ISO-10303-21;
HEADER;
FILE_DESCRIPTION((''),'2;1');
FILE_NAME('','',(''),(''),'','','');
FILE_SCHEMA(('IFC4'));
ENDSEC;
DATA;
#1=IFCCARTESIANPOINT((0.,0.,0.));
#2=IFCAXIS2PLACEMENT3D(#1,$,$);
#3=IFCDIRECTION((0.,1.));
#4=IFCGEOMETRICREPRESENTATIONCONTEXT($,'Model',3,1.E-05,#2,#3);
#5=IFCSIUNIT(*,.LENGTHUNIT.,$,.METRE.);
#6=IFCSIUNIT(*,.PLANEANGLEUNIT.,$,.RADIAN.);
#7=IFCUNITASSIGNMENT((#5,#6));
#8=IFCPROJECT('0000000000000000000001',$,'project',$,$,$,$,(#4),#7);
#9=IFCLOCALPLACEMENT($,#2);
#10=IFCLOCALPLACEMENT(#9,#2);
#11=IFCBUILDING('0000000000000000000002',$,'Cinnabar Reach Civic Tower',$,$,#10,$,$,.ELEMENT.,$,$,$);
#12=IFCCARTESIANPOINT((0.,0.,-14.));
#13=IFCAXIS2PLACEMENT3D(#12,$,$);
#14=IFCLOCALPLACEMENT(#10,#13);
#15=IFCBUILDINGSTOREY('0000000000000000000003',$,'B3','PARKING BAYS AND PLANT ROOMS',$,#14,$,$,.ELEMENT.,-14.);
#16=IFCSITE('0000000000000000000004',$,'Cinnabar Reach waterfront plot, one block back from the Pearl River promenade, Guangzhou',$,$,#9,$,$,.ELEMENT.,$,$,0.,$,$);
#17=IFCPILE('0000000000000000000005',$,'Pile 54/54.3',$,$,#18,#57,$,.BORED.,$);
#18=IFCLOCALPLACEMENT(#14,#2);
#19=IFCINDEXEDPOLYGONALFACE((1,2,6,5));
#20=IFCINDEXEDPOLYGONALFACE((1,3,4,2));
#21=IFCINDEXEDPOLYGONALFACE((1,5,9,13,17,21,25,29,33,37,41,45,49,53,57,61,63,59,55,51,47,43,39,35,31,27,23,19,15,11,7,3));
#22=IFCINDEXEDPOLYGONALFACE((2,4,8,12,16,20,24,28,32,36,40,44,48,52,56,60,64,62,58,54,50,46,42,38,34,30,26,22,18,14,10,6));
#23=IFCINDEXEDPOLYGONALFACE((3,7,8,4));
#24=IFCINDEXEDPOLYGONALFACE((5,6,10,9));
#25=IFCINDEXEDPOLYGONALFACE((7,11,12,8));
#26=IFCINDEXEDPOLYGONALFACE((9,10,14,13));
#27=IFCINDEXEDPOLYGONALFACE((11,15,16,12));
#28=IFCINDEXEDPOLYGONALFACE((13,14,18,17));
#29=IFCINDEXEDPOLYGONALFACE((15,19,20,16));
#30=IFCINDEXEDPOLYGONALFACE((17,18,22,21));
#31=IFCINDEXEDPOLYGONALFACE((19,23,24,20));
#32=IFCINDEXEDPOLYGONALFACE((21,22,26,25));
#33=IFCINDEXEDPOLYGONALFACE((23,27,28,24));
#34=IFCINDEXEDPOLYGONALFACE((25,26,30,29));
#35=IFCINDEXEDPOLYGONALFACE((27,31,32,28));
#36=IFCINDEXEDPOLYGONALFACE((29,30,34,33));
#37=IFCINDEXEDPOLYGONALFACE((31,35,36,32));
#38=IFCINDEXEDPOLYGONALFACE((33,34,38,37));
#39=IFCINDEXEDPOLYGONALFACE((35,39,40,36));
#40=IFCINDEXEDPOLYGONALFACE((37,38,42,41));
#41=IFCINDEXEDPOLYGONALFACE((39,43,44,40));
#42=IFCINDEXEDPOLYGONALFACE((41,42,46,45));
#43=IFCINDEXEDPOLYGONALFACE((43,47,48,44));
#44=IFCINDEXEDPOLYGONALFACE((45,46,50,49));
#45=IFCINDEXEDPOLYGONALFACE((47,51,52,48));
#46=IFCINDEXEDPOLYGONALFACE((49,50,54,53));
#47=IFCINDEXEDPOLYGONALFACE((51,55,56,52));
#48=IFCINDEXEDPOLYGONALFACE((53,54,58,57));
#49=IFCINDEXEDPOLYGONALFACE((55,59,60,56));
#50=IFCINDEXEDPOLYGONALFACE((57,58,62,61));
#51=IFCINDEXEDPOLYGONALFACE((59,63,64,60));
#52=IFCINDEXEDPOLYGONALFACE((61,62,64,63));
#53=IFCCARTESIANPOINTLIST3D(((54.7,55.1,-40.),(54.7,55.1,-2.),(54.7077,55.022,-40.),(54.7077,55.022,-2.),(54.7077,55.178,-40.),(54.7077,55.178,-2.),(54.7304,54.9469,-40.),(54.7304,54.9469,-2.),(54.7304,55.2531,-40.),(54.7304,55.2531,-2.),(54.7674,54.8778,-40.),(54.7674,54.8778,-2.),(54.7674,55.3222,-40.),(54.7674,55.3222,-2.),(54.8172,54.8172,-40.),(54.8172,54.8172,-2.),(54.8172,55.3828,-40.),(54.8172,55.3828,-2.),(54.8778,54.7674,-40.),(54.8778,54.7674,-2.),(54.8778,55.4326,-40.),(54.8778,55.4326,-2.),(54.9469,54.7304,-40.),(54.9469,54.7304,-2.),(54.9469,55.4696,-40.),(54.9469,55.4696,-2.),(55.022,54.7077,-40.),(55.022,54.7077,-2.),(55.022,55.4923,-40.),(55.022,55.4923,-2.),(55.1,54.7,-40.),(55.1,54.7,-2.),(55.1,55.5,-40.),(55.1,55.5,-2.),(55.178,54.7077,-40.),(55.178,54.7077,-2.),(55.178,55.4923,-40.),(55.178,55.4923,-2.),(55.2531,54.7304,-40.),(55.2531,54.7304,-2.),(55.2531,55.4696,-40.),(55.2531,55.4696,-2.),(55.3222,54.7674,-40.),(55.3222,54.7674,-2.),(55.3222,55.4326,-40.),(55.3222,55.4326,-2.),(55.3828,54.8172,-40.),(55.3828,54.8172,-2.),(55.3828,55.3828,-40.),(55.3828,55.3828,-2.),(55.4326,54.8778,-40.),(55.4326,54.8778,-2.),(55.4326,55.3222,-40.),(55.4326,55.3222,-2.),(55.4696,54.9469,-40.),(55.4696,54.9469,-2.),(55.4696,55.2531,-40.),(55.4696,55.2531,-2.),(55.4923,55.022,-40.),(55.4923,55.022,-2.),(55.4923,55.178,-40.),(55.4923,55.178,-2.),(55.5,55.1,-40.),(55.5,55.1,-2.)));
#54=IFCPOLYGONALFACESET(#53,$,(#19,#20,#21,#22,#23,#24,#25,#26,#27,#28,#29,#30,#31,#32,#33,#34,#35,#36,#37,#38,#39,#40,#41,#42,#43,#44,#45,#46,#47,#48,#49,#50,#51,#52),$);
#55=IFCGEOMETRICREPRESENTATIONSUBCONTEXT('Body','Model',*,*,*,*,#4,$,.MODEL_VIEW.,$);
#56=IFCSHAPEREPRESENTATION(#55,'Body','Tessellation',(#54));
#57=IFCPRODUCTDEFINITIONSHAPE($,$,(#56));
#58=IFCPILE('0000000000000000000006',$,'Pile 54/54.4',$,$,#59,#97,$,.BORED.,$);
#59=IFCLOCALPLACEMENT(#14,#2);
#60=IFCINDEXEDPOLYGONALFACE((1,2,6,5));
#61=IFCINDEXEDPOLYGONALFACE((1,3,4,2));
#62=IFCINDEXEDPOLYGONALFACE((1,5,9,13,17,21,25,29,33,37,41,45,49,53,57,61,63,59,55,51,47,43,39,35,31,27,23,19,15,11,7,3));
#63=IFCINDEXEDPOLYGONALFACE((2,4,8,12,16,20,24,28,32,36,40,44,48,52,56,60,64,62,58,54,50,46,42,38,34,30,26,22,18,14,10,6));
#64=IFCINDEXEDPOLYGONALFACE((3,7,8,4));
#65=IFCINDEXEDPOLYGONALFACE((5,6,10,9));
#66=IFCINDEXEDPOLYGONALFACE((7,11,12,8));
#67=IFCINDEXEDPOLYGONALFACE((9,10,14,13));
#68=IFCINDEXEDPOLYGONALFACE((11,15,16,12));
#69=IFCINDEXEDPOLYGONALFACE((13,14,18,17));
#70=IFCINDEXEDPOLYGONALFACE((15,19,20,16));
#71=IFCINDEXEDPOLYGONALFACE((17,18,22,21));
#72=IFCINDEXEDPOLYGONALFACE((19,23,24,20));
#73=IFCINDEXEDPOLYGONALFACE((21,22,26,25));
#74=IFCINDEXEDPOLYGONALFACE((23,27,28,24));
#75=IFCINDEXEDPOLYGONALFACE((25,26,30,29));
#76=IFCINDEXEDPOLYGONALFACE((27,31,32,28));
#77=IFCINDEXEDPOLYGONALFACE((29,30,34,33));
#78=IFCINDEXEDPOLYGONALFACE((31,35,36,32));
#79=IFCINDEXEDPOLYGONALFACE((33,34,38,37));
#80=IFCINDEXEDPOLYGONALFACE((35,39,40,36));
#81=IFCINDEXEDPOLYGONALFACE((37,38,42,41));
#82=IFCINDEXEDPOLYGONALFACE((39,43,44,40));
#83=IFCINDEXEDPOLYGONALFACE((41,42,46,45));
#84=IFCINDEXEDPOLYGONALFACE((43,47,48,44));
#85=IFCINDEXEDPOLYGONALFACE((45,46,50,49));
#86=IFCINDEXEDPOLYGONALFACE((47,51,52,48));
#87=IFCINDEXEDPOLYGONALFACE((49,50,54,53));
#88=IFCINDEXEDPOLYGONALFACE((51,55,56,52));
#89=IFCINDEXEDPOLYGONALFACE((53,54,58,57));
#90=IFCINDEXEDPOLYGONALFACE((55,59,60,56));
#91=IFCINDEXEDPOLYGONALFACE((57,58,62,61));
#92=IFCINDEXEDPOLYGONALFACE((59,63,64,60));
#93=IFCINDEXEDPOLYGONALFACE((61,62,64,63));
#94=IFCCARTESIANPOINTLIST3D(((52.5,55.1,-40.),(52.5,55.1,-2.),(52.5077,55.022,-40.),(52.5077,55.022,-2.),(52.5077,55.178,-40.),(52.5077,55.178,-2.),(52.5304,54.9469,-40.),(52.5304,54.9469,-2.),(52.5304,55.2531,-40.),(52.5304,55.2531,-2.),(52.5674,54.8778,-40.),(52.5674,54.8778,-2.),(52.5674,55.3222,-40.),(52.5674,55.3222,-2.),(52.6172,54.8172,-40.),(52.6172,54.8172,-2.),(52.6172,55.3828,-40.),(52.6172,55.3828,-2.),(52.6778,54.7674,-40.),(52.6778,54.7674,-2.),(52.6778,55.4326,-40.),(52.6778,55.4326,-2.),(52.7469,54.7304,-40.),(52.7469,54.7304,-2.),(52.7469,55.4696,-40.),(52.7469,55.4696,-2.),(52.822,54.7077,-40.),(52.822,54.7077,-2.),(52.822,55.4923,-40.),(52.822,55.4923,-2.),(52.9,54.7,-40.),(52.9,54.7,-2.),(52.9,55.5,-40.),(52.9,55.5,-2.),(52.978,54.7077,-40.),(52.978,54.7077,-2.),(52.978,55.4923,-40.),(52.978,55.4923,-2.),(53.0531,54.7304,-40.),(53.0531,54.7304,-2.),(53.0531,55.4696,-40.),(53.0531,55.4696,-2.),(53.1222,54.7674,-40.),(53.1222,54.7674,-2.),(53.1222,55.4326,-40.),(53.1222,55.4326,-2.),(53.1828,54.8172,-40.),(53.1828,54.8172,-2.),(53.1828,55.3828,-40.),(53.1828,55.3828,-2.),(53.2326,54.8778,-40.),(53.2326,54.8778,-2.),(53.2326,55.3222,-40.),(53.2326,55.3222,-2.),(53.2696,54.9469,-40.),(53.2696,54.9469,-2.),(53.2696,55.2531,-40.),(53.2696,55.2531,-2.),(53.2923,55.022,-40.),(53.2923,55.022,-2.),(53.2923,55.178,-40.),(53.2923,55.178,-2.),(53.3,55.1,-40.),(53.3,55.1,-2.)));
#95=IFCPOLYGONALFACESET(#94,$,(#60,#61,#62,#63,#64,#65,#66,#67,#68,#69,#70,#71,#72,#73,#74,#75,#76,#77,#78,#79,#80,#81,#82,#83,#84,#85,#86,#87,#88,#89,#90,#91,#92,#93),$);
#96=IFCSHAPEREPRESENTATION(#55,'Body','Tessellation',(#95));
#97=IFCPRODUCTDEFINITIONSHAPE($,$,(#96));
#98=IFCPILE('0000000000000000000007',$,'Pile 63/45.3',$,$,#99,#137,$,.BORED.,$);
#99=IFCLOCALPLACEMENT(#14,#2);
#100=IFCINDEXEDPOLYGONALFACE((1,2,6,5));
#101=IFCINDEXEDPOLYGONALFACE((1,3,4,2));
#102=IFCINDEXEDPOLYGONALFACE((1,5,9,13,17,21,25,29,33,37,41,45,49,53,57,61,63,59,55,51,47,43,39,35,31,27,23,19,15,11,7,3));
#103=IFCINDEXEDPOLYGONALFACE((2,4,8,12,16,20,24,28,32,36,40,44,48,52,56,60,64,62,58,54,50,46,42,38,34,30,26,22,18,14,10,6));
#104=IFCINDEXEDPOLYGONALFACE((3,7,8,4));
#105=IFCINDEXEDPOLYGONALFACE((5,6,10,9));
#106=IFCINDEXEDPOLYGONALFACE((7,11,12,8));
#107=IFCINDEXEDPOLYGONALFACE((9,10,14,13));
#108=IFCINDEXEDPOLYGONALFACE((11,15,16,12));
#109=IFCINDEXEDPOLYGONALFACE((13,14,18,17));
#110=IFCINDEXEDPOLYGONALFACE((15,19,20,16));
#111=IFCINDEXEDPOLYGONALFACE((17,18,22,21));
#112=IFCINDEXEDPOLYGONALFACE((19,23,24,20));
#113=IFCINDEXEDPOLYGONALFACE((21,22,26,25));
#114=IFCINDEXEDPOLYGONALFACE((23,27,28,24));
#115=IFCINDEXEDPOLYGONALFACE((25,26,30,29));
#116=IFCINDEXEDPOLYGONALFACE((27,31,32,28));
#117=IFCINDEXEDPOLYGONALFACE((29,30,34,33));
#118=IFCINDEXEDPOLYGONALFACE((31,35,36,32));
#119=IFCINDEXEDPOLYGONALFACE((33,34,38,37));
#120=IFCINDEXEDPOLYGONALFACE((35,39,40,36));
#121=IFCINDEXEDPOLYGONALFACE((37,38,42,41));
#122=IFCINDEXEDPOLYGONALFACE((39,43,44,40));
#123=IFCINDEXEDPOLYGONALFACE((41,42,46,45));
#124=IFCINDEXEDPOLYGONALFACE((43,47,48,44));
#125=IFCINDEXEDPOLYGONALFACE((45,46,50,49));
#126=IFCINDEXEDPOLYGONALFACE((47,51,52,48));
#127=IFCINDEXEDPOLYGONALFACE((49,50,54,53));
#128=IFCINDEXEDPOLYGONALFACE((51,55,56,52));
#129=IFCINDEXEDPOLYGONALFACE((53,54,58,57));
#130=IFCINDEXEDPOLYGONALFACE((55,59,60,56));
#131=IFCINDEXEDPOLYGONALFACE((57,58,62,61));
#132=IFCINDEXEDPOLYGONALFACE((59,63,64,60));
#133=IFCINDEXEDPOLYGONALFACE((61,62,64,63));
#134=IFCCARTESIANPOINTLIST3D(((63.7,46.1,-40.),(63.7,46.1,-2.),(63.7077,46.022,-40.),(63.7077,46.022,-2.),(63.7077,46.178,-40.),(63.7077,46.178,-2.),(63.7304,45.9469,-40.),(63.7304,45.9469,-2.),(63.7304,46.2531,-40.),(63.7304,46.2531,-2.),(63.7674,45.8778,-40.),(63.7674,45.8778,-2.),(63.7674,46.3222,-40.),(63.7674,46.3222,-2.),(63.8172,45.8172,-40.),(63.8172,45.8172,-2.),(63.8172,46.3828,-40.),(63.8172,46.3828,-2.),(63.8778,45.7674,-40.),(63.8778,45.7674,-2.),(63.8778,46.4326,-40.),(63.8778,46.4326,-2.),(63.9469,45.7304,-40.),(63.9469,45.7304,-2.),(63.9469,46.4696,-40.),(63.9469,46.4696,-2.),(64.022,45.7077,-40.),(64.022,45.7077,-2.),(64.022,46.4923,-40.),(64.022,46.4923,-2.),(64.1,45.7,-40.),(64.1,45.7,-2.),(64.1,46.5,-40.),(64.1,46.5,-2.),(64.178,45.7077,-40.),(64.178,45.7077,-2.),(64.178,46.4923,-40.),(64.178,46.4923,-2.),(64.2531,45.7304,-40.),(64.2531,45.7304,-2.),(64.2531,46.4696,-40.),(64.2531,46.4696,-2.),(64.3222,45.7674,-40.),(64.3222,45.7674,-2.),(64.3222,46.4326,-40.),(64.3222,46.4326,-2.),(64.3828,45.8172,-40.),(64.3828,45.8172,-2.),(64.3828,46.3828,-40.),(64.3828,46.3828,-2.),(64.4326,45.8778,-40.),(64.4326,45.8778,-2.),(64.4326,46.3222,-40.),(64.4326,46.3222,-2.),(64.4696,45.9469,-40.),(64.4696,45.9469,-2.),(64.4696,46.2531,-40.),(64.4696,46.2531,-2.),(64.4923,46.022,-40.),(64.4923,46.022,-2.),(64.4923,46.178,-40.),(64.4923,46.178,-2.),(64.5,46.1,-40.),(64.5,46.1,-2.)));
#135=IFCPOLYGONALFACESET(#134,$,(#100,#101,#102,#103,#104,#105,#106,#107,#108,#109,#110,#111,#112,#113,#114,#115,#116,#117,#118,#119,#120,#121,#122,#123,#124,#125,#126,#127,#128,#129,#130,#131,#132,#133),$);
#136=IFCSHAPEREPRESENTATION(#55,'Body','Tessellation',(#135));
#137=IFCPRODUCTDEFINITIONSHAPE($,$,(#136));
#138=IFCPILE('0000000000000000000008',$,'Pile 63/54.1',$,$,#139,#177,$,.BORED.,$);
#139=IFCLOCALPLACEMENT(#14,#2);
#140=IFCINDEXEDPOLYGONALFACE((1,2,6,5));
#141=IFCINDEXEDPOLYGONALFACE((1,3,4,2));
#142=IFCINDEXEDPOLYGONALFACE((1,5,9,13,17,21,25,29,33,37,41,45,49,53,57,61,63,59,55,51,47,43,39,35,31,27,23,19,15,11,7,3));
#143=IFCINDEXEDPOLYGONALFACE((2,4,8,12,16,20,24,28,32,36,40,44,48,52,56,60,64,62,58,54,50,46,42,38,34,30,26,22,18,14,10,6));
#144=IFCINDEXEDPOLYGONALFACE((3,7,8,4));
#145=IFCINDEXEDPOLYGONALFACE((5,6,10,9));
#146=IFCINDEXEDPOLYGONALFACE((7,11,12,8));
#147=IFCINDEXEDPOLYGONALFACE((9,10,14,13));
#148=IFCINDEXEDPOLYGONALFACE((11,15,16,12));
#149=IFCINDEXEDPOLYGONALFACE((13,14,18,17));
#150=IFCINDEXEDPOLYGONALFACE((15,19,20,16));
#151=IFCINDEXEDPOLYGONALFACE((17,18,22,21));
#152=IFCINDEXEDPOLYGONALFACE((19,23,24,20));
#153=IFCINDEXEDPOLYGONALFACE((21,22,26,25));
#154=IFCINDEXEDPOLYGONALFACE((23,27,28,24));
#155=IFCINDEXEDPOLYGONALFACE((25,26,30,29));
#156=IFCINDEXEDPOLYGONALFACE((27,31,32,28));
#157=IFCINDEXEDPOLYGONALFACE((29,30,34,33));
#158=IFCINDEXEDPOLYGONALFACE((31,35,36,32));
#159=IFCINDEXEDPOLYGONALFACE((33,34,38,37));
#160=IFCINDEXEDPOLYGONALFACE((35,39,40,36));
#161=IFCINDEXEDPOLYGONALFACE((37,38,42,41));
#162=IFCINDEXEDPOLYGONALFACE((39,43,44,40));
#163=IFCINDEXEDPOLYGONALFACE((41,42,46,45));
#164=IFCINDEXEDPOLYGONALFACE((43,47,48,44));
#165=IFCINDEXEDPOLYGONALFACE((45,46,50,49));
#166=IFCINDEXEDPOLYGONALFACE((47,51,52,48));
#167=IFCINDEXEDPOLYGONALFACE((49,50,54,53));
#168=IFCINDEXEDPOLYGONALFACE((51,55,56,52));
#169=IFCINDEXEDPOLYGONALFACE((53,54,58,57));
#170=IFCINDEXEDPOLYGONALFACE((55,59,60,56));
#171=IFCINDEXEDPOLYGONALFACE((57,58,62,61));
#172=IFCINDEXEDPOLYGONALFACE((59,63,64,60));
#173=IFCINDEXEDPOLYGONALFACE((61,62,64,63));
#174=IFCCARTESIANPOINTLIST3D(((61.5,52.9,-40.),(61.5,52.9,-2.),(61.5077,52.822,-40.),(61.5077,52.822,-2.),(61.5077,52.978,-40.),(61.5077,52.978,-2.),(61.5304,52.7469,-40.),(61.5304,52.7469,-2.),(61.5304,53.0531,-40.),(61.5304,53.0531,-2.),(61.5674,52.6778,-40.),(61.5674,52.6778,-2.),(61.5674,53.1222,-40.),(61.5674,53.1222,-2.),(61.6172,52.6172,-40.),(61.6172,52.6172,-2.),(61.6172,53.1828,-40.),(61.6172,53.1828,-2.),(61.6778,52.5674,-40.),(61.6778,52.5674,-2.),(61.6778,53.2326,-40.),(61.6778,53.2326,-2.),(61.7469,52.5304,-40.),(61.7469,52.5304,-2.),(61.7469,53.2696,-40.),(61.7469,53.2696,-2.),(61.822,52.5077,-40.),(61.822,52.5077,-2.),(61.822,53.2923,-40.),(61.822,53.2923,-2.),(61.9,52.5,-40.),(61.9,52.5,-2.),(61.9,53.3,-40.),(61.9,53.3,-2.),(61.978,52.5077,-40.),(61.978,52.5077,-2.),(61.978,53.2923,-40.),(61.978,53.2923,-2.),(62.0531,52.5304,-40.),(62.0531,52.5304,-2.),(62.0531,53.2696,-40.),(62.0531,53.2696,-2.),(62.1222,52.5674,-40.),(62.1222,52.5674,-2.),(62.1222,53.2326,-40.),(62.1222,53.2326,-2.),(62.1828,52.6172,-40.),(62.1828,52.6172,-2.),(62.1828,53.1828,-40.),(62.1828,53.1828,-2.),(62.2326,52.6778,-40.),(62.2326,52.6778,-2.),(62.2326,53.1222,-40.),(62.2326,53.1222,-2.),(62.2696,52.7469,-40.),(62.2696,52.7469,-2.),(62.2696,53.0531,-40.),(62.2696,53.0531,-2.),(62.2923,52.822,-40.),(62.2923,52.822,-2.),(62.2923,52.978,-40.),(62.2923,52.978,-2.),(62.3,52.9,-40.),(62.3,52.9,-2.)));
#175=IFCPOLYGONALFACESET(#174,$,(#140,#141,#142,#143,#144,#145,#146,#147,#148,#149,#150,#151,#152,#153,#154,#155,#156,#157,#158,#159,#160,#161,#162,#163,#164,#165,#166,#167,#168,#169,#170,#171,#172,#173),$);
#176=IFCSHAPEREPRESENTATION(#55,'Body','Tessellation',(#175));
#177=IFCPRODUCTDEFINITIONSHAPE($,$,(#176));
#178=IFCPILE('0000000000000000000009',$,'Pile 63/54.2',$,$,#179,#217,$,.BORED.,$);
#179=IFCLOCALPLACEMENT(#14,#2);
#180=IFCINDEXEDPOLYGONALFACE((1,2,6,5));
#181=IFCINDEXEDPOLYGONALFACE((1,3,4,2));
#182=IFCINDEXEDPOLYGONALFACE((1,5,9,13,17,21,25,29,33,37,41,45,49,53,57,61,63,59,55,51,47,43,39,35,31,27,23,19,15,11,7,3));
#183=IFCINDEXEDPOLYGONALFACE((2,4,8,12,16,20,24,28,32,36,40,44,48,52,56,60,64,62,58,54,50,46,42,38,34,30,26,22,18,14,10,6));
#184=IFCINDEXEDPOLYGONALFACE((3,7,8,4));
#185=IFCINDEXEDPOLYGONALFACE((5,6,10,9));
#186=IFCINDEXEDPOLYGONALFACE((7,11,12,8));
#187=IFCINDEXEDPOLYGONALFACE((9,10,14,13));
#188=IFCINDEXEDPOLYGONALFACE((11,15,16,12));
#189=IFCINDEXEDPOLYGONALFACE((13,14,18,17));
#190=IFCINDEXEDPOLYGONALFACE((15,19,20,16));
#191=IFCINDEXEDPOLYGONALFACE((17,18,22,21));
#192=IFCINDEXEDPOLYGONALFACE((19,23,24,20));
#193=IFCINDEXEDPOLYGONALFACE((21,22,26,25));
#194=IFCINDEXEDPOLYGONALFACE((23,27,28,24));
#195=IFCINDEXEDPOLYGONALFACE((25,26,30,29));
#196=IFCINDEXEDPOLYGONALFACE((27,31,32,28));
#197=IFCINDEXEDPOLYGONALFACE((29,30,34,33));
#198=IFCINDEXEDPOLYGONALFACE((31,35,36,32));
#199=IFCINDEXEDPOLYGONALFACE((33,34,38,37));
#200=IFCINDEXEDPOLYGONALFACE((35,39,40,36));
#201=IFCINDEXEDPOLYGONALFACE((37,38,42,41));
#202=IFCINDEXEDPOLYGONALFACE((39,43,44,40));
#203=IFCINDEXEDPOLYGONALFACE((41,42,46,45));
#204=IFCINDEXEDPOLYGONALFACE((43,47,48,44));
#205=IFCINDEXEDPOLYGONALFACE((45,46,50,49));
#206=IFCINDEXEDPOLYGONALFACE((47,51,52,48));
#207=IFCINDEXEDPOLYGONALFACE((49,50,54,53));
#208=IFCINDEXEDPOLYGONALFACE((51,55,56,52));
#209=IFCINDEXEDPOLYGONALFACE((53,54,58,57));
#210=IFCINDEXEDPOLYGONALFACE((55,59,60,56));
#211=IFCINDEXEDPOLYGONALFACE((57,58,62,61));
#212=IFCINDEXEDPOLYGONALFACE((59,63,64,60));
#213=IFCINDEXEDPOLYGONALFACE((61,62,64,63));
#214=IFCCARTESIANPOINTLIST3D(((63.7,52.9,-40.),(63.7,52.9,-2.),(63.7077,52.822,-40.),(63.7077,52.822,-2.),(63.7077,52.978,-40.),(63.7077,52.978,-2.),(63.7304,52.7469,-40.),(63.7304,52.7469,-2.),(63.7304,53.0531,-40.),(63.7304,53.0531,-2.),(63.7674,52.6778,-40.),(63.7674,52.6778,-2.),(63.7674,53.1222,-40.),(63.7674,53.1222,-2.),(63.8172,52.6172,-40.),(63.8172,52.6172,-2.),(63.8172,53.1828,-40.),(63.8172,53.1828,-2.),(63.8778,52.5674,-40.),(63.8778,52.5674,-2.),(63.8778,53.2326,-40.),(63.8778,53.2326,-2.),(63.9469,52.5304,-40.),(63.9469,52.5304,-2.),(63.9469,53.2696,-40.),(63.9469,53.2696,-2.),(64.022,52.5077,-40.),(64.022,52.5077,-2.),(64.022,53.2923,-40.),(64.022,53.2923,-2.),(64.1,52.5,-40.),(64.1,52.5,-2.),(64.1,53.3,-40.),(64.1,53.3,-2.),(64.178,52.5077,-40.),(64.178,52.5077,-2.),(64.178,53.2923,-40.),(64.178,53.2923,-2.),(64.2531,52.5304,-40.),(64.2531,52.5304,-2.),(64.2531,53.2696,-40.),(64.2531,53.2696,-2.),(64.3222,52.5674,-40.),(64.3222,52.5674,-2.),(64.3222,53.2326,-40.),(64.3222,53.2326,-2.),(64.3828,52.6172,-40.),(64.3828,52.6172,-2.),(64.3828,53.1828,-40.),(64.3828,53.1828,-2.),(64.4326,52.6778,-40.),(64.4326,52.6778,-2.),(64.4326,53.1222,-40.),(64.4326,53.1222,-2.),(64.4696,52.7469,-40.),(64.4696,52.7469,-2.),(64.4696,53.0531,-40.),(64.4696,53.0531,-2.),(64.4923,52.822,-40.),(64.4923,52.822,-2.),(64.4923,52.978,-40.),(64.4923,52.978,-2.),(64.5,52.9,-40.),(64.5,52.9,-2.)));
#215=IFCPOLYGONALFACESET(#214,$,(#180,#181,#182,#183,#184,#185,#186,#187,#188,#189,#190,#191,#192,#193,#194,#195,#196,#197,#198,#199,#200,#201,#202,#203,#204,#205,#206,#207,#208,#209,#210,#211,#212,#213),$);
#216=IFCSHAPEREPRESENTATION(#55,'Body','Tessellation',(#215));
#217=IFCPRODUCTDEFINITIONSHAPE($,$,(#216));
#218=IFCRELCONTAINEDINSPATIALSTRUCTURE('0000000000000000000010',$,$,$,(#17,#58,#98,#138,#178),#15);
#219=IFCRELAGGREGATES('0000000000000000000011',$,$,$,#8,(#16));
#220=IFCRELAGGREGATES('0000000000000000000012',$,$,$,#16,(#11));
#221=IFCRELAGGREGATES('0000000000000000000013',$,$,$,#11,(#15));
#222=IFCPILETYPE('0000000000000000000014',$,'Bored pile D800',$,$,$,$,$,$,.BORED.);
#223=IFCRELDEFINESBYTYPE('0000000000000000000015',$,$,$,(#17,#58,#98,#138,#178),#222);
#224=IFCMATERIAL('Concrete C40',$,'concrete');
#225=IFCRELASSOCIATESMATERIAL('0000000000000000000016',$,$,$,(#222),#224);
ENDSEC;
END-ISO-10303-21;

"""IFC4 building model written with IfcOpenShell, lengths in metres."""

from ifc_helpers import new_model, si_unit, direction, frame, origin, origin_2d, place, context, subcontext, project, spatial, circle, extrude, material, type_object, element, save


model = new_model("IFC4")

# Units and contexts
model_context = context("Model", 3, precision=1e-05, world=origin(), true_north=direction((0.0, 1.0)))
body_context = subcontext(model_context, "Body", "Model", "MODEL_VIEW")
ifc_project = project(units=[si_unit("LENGTHUNIT", "METRE"), si_unit("PLANEANGLEUNIT", "RADIAN")], contexts=[model_context])

# Site, building, storey
site_placement = place(None, origin())
site = spatial("IfcSite", under=ifc_project, at=site_placement, Name="Cinnabar Reach waterfront plot, one block back from the Pearl River promenade, Guangzhou", CompositionType="ELEMENT", RefElevation=0.0)
building_placement = place(site_placement, origin())
building = spatial("IfcBuilding", under=site, at=building_placement, Name="Cinnabar Reach Civic Tower", CompositionType="ELEMENT")
storey_placement = place(building_placement, frame((0.0, 0.0, -14.0)))
storey = spatial("IfcBuildingStorey", under=building, at=storey_placement, Name="B3", Description="PARKING BAYS AND PLANT ROOMS", CompositionType="ELEMENT", Elevation=-14.0)

# Piles
ifc_material_1 = material(Name="Concrete C40", Category="concrete")
pile_type = type_object("IfcPileType", Name="Bored pile D800", PredefinedType="BORED", material=ifc_material_1)
for number, where, z_axis, x_axis, name in (
    (1, (55.1, 55.1, -2.0), (0.0, 0.0, -1.0), (1.0, 0.0, 0.0), "Pile 54/54.3"),
    (2, (52.9, 55.1, -2.0), (0.0, 0.0, -1.0), (1.0, 0.0, 0.0), "Pile 54/54.4"),
    (3, (64.1, 46.1, -2.0), (0.0, 0.0, -1.0), (1.0, 0.0, 0.0), "Pile 63/45.3"),
    (4, (61.9, 52.9, -2.0), (0.0, 0.0, -1.0), (1.0, 0.0, 0.0), "Pile 63/54.1"),
    (5, (64.1, 52.9, -2.0), (0.0, 0.0, -1.0), (1.0, 0.0, 0.0), "Pile 63/54.2"),
):
    element("IfcPile", number, at=place(storey_placement, frame(where, z_axis=z_axis, x_axis=x_axis)), inside=storey, type_object=pile_type, Name=name, PredefinedType="BORED", context=body_context, shape_type="SweptSolid", body=[
        extrude(circle(Radius=0.4, at=origin_2d()), origin(), (0.0, 0.0, 1.0), 38.0),
    ])

save(model, "model.ifc")
